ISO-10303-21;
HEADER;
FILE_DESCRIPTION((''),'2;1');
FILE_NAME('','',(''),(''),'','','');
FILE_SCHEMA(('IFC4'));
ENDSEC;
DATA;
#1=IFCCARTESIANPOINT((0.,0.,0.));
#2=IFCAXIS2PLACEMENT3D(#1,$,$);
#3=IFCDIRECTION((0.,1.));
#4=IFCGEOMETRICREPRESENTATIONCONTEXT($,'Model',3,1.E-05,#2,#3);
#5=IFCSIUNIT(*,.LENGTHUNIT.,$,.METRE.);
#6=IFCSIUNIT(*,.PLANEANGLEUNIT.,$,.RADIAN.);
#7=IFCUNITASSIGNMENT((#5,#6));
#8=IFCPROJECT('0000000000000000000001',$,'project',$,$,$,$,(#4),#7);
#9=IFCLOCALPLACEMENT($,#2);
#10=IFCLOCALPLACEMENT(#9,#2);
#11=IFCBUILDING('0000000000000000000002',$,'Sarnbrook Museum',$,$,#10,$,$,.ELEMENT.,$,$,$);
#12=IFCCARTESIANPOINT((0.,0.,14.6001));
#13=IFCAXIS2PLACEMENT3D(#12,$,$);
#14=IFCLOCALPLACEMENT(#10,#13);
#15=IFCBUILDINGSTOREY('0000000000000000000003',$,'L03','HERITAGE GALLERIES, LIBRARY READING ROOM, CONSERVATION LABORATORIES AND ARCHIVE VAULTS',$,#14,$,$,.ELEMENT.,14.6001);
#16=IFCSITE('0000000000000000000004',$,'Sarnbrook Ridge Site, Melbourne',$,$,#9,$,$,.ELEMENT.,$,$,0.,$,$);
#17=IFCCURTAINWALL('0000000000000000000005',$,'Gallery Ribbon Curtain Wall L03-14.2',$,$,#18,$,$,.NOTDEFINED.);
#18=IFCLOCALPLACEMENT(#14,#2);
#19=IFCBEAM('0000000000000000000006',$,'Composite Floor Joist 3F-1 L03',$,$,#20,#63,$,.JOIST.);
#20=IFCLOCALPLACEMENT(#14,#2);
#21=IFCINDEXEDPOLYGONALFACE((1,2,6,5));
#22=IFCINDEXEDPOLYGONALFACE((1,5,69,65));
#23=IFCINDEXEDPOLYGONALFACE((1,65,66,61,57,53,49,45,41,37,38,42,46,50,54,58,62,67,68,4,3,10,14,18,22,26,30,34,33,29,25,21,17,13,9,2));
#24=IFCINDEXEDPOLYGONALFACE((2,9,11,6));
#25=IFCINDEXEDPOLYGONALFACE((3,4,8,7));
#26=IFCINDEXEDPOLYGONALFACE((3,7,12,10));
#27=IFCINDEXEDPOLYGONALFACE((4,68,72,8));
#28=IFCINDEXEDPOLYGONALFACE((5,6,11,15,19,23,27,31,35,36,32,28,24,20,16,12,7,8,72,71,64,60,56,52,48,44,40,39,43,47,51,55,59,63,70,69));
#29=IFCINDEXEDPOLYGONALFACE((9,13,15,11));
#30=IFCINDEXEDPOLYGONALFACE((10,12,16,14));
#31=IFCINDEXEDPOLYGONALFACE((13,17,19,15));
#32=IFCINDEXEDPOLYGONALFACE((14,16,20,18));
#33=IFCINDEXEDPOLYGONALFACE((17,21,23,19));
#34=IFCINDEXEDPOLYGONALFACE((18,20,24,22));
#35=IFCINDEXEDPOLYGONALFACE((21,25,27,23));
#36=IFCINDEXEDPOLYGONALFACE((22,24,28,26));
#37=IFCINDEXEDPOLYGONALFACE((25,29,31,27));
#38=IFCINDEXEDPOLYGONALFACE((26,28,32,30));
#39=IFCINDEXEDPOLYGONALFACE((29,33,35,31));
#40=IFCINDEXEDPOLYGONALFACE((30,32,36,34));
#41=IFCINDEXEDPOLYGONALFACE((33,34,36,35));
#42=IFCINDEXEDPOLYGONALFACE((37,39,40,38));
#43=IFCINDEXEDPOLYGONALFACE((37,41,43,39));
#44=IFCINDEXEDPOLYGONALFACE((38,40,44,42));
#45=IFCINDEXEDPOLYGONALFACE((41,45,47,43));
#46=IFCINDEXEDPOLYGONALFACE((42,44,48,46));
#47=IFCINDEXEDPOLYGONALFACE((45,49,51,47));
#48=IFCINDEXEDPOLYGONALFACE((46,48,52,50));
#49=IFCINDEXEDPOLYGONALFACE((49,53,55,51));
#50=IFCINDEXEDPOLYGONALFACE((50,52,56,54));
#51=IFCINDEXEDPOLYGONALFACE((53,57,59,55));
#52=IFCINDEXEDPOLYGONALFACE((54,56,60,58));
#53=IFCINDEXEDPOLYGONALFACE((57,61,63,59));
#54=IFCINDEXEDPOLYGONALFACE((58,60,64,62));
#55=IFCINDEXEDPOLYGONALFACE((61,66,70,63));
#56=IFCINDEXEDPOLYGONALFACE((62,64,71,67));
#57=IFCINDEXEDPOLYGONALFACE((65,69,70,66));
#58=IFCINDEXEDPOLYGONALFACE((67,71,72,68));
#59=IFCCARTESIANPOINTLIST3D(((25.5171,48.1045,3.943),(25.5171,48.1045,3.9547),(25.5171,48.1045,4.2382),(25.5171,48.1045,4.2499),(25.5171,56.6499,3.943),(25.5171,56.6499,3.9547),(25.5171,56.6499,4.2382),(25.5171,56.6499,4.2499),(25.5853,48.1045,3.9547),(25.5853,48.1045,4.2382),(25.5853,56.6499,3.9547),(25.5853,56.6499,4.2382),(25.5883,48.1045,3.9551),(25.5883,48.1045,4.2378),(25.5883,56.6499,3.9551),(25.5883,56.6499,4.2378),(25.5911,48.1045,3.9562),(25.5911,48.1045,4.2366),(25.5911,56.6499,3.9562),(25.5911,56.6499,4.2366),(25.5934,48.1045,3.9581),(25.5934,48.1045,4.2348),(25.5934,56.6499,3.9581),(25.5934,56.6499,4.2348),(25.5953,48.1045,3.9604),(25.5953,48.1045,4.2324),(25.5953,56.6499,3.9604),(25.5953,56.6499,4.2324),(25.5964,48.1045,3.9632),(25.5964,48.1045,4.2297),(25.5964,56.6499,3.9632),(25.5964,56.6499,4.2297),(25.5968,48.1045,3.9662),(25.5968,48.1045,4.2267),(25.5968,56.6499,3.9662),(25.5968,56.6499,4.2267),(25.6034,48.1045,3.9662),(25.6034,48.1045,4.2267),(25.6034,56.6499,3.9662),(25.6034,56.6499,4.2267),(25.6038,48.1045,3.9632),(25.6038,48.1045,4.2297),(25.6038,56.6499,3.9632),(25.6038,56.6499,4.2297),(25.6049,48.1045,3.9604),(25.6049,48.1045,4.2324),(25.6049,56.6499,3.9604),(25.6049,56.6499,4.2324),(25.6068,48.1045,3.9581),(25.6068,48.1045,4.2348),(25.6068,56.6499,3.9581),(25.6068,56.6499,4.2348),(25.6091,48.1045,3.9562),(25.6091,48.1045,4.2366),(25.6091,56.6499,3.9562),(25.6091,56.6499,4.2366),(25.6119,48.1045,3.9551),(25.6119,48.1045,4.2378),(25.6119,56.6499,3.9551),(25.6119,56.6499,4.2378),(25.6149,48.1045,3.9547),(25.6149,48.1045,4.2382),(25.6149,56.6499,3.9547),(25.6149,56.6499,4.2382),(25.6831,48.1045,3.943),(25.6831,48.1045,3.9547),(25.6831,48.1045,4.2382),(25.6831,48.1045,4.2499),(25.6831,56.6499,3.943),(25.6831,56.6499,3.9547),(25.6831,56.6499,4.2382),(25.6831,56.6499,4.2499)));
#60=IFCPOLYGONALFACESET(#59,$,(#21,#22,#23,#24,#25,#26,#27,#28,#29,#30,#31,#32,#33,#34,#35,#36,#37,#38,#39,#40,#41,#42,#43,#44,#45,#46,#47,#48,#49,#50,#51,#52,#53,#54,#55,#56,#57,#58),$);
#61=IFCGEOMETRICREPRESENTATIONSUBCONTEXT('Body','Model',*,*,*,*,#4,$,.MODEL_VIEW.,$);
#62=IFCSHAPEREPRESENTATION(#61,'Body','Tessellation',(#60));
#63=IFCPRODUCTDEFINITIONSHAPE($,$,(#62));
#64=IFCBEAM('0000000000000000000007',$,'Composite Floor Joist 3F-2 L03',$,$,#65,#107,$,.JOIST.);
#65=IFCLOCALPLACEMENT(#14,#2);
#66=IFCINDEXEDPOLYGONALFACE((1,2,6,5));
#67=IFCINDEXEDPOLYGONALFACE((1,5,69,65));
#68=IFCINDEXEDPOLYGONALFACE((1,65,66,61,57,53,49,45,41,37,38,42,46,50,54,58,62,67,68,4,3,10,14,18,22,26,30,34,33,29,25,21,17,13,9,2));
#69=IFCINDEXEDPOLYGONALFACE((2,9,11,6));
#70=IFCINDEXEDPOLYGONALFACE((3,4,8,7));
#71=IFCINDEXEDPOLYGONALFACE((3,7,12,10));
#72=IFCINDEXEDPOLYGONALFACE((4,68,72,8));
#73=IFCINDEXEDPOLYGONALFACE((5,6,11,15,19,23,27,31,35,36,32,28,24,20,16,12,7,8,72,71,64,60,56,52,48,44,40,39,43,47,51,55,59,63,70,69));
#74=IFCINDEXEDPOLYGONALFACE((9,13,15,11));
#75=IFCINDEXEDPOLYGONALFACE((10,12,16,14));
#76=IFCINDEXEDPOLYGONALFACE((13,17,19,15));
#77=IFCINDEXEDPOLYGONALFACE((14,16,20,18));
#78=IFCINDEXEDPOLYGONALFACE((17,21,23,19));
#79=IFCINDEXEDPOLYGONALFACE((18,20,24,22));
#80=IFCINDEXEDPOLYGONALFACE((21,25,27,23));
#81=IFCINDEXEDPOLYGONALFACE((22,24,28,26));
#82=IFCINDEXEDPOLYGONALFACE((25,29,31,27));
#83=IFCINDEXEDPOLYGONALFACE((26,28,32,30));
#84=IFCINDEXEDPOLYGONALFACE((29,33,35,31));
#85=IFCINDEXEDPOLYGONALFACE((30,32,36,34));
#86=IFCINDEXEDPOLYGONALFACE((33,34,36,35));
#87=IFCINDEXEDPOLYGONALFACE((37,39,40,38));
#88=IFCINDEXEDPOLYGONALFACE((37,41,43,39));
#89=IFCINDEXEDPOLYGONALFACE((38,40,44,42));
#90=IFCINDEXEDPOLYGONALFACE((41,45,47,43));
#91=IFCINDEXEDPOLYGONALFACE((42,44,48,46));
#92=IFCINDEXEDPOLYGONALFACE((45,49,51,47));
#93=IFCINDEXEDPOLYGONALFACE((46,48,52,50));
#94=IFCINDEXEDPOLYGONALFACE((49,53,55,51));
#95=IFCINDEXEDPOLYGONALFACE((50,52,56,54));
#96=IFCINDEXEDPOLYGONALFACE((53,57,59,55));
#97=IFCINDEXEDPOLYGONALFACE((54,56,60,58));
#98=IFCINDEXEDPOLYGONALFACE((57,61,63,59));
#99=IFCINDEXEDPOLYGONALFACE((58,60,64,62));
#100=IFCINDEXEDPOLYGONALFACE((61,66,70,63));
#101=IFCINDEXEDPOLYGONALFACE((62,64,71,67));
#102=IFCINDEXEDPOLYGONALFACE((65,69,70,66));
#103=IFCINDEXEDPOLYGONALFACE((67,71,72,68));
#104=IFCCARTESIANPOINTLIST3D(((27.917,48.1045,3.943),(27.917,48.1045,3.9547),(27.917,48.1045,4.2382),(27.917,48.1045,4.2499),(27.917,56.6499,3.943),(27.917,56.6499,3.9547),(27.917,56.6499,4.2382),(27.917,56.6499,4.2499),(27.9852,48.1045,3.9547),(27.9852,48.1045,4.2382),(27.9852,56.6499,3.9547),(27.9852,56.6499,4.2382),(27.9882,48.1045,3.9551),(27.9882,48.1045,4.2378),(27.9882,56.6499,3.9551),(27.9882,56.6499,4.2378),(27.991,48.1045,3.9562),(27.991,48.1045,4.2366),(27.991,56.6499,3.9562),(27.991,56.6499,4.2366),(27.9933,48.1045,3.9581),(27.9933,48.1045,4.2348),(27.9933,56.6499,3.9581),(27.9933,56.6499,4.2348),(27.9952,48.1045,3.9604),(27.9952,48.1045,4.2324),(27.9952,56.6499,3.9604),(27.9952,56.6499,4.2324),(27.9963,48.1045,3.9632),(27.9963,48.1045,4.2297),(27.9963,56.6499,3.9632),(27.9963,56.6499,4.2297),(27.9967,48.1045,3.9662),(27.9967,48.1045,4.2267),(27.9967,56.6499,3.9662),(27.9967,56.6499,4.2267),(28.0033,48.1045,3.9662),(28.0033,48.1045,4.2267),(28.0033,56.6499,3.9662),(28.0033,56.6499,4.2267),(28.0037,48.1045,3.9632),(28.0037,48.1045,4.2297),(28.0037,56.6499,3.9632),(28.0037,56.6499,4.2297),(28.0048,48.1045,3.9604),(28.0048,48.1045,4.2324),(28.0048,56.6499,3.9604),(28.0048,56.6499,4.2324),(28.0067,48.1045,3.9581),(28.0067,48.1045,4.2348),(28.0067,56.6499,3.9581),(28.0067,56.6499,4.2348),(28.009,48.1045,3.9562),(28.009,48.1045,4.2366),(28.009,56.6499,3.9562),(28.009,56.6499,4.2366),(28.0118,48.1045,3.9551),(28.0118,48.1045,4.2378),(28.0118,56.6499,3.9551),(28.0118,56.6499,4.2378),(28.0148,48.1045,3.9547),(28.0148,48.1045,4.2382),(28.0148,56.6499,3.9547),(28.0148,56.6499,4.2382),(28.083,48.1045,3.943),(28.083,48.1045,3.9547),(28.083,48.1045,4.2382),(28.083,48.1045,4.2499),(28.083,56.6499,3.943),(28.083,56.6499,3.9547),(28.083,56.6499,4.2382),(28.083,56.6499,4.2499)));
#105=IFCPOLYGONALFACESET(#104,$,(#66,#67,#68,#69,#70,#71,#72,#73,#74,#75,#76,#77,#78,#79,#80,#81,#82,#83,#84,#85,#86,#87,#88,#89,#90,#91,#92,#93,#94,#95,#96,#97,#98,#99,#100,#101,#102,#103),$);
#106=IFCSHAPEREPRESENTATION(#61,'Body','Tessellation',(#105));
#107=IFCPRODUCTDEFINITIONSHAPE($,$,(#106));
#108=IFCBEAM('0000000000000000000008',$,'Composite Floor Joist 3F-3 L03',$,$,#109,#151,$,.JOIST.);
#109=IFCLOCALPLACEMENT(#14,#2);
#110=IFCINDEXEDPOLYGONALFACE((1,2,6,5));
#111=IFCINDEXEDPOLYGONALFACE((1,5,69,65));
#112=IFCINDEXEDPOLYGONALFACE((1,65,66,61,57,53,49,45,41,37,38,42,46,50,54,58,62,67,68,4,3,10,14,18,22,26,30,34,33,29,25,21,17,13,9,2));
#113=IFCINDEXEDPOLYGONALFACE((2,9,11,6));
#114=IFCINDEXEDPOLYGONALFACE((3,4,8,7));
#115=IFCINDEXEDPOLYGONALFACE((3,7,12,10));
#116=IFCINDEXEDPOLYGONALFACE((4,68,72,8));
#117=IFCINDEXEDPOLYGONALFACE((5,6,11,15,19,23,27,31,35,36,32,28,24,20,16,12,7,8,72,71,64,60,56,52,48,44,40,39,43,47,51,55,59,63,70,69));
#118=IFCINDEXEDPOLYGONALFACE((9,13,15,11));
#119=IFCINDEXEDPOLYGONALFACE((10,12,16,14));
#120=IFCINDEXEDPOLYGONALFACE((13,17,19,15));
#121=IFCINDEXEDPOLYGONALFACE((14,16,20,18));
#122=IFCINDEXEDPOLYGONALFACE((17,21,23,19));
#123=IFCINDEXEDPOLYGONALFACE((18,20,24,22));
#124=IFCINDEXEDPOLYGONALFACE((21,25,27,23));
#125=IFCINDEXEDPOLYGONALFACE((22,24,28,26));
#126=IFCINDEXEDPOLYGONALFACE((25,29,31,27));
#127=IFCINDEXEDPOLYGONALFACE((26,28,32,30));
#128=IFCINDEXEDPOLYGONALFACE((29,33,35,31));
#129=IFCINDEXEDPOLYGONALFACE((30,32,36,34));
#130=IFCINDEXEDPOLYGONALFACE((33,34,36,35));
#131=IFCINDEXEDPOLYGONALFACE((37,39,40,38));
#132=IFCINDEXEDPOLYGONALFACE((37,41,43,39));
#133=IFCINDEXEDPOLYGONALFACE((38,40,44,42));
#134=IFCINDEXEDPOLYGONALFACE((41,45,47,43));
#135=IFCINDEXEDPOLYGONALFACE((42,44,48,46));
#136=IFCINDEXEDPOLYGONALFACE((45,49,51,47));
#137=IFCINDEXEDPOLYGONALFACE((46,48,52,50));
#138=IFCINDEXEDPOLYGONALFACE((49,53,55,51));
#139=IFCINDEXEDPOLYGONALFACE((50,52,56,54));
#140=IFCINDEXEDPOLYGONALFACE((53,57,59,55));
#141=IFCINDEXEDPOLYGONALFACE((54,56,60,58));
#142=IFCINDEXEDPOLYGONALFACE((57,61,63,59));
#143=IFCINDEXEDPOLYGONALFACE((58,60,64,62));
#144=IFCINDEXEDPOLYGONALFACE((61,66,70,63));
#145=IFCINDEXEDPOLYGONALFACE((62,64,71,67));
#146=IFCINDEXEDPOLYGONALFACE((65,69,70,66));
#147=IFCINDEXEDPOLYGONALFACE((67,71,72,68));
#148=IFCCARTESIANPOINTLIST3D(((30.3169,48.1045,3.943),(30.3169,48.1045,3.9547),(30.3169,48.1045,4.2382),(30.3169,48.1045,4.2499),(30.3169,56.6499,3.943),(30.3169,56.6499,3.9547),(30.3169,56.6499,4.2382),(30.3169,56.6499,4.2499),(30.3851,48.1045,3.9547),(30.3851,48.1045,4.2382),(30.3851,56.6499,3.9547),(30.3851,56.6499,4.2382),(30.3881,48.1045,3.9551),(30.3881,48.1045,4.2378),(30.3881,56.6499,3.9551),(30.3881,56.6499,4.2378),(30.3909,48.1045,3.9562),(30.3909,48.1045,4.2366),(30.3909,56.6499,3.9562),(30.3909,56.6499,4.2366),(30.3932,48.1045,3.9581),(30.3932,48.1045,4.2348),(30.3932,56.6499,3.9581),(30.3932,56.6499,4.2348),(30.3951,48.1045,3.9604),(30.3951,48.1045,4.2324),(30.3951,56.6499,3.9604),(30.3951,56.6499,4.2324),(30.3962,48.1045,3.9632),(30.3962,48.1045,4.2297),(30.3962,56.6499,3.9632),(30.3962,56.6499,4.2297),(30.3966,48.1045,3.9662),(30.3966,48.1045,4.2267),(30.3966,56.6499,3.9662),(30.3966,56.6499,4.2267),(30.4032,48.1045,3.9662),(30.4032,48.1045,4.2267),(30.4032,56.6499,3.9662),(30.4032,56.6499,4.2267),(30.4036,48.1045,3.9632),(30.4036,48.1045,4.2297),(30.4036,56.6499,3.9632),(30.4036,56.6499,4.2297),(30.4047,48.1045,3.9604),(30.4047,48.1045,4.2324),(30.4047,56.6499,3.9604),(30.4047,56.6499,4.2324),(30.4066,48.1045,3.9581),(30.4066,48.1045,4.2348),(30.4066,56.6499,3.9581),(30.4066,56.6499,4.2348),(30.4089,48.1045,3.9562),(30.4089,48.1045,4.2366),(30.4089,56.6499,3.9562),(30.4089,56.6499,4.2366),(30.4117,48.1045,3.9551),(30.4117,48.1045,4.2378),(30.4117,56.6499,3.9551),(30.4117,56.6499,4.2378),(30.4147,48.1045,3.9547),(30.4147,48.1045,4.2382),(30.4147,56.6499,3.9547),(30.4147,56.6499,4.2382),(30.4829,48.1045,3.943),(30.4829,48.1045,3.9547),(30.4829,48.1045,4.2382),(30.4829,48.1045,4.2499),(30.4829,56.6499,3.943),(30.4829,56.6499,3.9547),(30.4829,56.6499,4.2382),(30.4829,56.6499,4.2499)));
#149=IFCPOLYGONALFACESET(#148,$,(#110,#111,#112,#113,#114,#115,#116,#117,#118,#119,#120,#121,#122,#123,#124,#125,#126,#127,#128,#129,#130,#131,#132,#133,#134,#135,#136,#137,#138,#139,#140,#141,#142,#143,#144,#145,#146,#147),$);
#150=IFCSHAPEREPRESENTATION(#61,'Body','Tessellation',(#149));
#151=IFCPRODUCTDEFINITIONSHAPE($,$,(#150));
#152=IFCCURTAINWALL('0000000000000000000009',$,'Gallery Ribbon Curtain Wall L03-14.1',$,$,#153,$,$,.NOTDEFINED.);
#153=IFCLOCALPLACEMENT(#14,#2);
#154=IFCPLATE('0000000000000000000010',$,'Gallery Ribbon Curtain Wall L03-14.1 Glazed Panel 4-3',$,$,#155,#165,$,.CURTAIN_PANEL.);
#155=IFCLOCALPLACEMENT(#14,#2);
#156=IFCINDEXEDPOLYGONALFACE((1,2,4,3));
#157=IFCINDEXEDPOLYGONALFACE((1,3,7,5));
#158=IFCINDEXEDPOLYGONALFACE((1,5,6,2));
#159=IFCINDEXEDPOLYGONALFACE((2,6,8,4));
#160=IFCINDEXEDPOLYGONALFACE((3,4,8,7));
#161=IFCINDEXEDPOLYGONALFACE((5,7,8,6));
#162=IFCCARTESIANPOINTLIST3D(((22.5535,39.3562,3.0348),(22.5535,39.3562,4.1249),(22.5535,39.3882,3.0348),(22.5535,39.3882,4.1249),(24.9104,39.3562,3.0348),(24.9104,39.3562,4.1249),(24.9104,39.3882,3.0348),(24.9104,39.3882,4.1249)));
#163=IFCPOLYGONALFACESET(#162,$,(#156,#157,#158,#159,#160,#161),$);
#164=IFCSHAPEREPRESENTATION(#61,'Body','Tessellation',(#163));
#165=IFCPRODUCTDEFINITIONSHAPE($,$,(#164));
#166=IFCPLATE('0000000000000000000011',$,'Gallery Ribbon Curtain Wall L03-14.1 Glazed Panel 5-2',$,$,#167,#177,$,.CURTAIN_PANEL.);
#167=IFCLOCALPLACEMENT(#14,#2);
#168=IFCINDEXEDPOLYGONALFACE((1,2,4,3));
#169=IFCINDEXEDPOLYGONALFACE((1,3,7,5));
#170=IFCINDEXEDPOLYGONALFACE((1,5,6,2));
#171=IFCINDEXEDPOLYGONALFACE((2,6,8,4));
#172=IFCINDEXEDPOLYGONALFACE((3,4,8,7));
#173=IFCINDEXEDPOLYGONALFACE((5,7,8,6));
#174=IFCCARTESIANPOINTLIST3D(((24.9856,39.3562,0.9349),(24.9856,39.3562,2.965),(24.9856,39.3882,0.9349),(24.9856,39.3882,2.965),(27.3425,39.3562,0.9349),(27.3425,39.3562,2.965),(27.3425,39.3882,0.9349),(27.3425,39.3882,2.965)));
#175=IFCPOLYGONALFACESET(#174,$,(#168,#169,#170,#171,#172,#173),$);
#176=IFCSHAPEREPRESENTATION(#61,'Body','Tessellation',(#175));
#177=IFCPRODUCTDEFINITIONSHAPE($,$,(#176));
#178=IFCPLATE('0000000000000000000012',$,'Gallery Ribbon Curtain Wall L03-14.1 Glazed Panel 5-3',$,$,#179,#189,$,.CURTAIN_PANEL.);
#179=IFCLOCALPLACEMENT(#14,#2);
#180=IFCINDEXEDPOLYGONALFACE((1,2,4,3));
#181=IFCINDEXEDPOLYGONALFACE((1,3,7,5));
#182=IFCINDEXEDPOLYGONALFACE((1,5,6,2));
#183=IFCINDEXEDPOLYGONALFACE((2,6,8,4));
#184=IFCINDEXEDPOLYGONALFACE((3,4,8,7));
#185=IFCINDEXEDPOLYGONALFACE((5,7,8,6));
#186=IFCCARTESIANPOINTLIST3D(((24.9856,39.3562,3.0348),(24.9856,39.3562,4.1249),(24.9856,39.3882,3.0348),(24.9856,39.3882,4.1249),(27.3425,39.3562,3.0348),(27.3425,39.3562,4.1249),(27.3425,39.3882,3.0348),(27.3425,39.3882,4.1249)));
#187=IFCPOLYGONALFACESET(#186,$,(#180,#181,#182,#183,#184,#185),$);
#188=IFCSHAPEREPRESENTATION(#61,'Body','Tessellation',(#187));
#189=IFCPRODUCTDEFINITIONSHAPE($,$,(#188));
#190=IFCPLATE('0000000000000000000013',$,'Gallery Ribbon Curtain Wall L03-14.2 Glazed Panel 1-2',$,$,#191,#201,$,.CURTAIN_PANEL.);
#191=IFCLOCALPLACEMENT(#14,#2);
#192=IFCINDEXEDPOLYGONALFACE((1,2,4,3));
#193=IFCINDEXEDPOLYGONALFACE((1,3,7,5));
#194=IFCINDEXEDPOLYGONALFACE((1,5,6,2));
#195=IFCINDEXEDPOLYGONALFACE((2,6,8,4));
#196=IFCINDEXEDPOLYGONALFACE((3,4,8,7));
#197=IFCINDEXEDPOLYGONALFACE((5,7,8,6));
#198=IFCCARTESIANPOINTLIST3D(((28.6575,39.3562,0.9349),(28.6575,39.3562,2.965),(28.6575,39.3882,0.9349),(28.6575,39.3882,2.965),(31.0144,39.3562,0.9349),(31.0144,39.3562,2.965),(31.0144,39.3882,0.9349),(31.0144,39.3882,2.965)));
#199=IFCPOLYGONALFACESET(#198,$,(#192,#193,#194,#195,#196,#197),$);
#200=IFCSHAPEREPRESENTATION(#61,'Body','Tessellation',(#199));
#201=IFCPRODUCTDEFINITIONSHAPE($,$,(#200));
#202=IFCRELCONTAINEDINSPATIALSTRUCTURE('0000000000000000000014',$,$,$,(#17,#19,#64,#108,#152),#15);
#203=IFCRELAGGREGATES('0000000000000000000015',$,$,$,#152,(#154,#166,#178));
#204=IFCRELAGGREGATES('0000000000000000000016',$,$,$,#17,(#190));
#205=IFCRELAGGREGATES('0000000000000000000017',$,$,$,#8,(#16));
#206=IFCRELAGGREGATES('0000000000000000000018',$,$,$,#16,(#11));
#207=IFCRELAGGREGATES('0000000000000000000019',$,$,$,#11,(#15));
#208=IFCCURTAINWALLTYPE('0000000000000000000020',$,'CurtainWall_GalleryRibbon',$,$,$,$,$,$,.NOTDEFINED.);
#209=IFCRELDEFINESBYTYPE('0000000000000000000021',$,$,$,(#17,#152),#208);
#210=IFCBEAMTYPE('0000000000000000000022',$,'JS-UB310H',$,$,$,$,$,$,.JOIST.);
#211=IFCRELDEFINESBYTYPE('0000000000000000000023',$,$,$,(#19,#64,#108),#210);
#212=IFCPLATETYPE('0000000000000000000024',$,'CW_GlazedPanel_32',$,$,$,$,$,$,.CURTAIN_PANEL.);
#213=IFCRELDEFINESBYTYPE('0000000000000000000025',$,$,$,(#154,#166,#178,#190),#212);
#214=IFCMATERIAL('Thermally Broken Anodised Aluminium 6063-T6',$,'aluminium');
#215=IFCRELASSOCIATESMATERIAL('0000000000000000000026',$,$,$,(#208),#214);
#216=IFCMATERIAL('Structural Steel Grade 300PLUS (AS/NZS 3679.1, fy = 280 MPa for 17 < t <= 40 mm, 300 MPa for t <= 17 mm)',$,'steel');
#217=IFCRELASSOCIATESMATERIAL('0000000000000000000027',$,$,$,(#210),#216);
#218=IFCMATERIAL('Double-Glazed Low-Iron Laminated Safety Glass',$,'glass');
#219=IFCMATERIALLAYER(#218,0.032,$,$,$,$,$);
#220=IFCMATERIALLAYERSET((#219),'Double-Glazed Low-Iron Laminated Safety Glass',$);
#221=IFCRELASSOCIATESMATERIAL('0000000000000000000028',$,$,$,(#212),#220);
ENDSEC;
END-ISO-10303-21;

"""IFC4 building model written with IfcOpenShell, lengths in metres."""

from ifc_helpers import new_model, si_unit, direction, frame, origin, origin_2d, place, context, subcontext, project, spatial, rectangle, i_section, extrude, material, layer, layer_set, material_profile, profile_set, type_object, element, aggregate, save


model = new_model("IFC4")

# Units and contexts
model_context = context("Model", 3, precision=1e-05, world=origin(), true_north=direction((0.0, 1.0)))
body_context = subcontext(model_context, "Body", "Model", "MODEL_VIEW")
ifc_project = project(units=[si_unit("LENGTHUNIT", "METRE"), si_unit("PLANEANGLEUNIT", "RADIAN")], contexts=[model_context])

# Site, building, storey
site_placement = place(None, origin())
site = spatial("IfcSite", under=ifc_project, at=site_placement, Name="Sarnbrook Ridge Site, Melbourne", CompositionType="ELEMENT", RefElevation=0.0)
building_placement = place(site_placement, origin())
building = spatial("IfcBuilding", under=site, at=building_placement, Name="Sarnbrook Museum", CompositionType="ELEMENT")
storey_placement = place(building_placement, frame((0.0, 0.0, 14.6001)))
storey = spatial("IfcBuildingStorey", under=building, at=storey_placement, Name="L03", Description="HERITAGE GALLERIES, LIBRARY READING ROOM, CONSERVATION LABORATORIES AND ARCHIVE VAULTS", CompositionType="ELEMENT", Elevation=14.6001)

# Shared definitions
ifc_material_1 = material(Name="Structural Steel Grade 300PLUS (AS/NZS 3679.1, fy = 280 MPa for 17 < t <= 40 mm, 300 MPa for t <= 17 mm)", Category="steel")

# Curtain wall
ifc_material_2 = material(Name="Thermally Broken Anodised Aluminium 6063-T6", Category="aluminium")
curtain_wall_type = type_object("IfcCurtainWallType", Name="CurtainWall_GalleryRibbon", PredefinedType="NOTDEFINED", material=ifc_material_2)
curtain_wall_1_placement = place(storey_placement, origin())
curtain_wall_1 = element("IfcCurtainWall", 1, at=curtain_wall_1_placement, inside=storey, type_object=curtain_wall_type, Name="Gallery Ribbon Curtain Wall L03-14.2", PredefinedType="NOTDEFINED")

# Beams
ifc_material_profile_1 = material_profile(ifc_material_1, i_section(OverallWidth=0.166, OverallDepth=0.3069, WebThickness=0.0066, FlangeThickness=0.0117, FilletRadius=0.0115, at=origin_2d()), Name="310UB46.2")
ifc_profile_set_1 = profile_set([ifc_material_profile_1], Name="Structural Steel Grade 300PLUS (AS/NZS 3679.1, fy = 280 MPa for 17 < t <= 40 mm, 300 MPa for t <= 17 mm)")
beam_type_1 = type_object("IfcBeamType", Name="JS-UB310H", PredefinedType="JOIST", material=ifc_profile_set_1)
for number, where, z_axis, x_axis, name in (
    (2, (25.6001, 48.1045, 4.0964), (0.0, 1.0, 0.0), (-1.0, 0.0, 0.0), "Composite Floor Joist 3F-1 L03"),
    (3, (28.0, 48.1045, 4.0964), (0.0, 1.0, 0.0), (-1.0, 0.0, 0.0), "Composite Floor Joist 3F-2 L03"),
    (4, (30.3999, 48.1045, 4.0964), (0.0, 1.0, 0.0), (-1.0, 0.0, 0.0), "Composite Floor Joist 3F-3 L03"),
):
    element("IfcBeam", number, at=place(storey_placement, frame(where, z_axis=z_axis, x_axis=x_axis)), inside=storey, type_object=beam_type_1, Name=name, PredefinedType="JOIST", context=body_context, shape_type="SweptSolid", body=[
        extrude(i_section(OverallWidth=0.166, OverallDepth=0.3069, WebThickness=0.0066, FlangeThickness=0.0117, FilletRadius=0.0115, at=origin_2d()), origin(), (0.0, 0.0, 1.0), 8.5454),
    ])

# Curtain wall, plates
curtain_wall_2_placement = place(storey_placement, origin())
curtain_wall_2 = element("IfcCurtainWall", 5, at=curtain_wall_2_placement, inside=storey, type_object=curtain_wall_type, Name="Gallery Ribbon Curtain Wall L03-14.1", PredefinedType="NOTDEFINED")
ifc_material_3 = material(Name="Double-Glazed Low-Iron Laminated Safety Glass", Category="glass")
ifc_layer_1 = layer(ifc_material_3, 0.032)
ifc_layer_set_1 = layer_set([ifc_layer_1], Name="Double-Glazed Low-Iron Laminated Safety Glass")
plate_type_1 = type_object("IfcPlateType", Name="CW_GlazedPanel_32", PredefinedType="CURTAIN_PANEL", material=ifc_layer_set_1)
plate_1_placement = place(storey_placement, frame((23.7319, 39.3882, 3.5798), z_axis=(0.0, -1.0, 0.0), x_axis=(1.0, 0.0, 0.0)))
plate_1 = element("IfcPlate", 6, at=plate_1_placement, type_object=plate_type_1, Name="Gallery Ribbon Curtain Wall L03-14.1 Glazed Panel 4-3", PredefinedType="CURTAIN_PANEL", context=body_context, shape_type="SweptSolid", body=[
    extrude(rectangle(XDim=2.3569, YDim=1.0901, at=origin_2d()), origin(), (0.0, 0.0, 1.0), 0.032),
])
plate_2_placement = place(storey_placement, frame((26.1641, 39.3882, 1.95), z_axis=(0.0, -1.0, 0.0), x_axis=(1.0, 0.0, 0.0)))
plate_2 = element("IfcPlate", 7, at=plate_2_placement, type_object=plate_type_1, Name="Gallery Ribbon Curtain Wall L03-14.1 Glazed Panel 5-2", PredefinedType="CURTAIN_PANEL", context=body_context, shape_type="SweptSolid", body=[
    extrude(rectangle(XDim=2.3569, YDim=2.03, at=origin_2d()), origin(), (0.0, 0.0, 1.0), 0.032),
])
plate_3_placement = place(storey_placement, frame((26.1641, 39.3882, 3.5798), z_axis=(0.0, -1.0, 0.0), x_axis=(1.0, 0.0, 0.0)))
plate_3 = element("IfcPlate", 8, at=plate_3_placement, type_object=plate_type_1, Name="Gallery Ribbon Curtain Wall L03-14.1 Glazed Panel 5-3", PredefinedType="CURTAIN_PANEL", context=body_context, shape_type="SweptSolid", body=[
    extrude(rectangle(XDim=2.3569, YDim=1.0901, at=origin_2d()), origin(), (0.0, 0.0, 1.0), 0.032),
])

# Plate
plate_4_placement = place(storey_placement, frame((29.8359, 39.3882, 1.95), z_axis=(0.0, -1.0, 0.0), x_axis=(1.0, 0.0, 0.0)))
plate_4 = element("IfcPlate", 9, at=plate_4_placement, type_object=plate_type_1, Name="Gallery Ribbon Curtain Wall L03-14.2 Glazed Panel 1-2", PredefinedType="CURTAIN_PANEL", context=body_context, shape_type="SweptSolid", body=[
    extrude(rectangle(XDim=2.3569, YDim=2.03, at=origin_2d()), origin(), (0.0, 0.0, 1.0), 0.032),
])
aggregate(curtain_wall_2, [plate_1, plate_2, plate_3])
aggregate(curtain_wall_1, [plate_4])

save(model, "model.ifc")
